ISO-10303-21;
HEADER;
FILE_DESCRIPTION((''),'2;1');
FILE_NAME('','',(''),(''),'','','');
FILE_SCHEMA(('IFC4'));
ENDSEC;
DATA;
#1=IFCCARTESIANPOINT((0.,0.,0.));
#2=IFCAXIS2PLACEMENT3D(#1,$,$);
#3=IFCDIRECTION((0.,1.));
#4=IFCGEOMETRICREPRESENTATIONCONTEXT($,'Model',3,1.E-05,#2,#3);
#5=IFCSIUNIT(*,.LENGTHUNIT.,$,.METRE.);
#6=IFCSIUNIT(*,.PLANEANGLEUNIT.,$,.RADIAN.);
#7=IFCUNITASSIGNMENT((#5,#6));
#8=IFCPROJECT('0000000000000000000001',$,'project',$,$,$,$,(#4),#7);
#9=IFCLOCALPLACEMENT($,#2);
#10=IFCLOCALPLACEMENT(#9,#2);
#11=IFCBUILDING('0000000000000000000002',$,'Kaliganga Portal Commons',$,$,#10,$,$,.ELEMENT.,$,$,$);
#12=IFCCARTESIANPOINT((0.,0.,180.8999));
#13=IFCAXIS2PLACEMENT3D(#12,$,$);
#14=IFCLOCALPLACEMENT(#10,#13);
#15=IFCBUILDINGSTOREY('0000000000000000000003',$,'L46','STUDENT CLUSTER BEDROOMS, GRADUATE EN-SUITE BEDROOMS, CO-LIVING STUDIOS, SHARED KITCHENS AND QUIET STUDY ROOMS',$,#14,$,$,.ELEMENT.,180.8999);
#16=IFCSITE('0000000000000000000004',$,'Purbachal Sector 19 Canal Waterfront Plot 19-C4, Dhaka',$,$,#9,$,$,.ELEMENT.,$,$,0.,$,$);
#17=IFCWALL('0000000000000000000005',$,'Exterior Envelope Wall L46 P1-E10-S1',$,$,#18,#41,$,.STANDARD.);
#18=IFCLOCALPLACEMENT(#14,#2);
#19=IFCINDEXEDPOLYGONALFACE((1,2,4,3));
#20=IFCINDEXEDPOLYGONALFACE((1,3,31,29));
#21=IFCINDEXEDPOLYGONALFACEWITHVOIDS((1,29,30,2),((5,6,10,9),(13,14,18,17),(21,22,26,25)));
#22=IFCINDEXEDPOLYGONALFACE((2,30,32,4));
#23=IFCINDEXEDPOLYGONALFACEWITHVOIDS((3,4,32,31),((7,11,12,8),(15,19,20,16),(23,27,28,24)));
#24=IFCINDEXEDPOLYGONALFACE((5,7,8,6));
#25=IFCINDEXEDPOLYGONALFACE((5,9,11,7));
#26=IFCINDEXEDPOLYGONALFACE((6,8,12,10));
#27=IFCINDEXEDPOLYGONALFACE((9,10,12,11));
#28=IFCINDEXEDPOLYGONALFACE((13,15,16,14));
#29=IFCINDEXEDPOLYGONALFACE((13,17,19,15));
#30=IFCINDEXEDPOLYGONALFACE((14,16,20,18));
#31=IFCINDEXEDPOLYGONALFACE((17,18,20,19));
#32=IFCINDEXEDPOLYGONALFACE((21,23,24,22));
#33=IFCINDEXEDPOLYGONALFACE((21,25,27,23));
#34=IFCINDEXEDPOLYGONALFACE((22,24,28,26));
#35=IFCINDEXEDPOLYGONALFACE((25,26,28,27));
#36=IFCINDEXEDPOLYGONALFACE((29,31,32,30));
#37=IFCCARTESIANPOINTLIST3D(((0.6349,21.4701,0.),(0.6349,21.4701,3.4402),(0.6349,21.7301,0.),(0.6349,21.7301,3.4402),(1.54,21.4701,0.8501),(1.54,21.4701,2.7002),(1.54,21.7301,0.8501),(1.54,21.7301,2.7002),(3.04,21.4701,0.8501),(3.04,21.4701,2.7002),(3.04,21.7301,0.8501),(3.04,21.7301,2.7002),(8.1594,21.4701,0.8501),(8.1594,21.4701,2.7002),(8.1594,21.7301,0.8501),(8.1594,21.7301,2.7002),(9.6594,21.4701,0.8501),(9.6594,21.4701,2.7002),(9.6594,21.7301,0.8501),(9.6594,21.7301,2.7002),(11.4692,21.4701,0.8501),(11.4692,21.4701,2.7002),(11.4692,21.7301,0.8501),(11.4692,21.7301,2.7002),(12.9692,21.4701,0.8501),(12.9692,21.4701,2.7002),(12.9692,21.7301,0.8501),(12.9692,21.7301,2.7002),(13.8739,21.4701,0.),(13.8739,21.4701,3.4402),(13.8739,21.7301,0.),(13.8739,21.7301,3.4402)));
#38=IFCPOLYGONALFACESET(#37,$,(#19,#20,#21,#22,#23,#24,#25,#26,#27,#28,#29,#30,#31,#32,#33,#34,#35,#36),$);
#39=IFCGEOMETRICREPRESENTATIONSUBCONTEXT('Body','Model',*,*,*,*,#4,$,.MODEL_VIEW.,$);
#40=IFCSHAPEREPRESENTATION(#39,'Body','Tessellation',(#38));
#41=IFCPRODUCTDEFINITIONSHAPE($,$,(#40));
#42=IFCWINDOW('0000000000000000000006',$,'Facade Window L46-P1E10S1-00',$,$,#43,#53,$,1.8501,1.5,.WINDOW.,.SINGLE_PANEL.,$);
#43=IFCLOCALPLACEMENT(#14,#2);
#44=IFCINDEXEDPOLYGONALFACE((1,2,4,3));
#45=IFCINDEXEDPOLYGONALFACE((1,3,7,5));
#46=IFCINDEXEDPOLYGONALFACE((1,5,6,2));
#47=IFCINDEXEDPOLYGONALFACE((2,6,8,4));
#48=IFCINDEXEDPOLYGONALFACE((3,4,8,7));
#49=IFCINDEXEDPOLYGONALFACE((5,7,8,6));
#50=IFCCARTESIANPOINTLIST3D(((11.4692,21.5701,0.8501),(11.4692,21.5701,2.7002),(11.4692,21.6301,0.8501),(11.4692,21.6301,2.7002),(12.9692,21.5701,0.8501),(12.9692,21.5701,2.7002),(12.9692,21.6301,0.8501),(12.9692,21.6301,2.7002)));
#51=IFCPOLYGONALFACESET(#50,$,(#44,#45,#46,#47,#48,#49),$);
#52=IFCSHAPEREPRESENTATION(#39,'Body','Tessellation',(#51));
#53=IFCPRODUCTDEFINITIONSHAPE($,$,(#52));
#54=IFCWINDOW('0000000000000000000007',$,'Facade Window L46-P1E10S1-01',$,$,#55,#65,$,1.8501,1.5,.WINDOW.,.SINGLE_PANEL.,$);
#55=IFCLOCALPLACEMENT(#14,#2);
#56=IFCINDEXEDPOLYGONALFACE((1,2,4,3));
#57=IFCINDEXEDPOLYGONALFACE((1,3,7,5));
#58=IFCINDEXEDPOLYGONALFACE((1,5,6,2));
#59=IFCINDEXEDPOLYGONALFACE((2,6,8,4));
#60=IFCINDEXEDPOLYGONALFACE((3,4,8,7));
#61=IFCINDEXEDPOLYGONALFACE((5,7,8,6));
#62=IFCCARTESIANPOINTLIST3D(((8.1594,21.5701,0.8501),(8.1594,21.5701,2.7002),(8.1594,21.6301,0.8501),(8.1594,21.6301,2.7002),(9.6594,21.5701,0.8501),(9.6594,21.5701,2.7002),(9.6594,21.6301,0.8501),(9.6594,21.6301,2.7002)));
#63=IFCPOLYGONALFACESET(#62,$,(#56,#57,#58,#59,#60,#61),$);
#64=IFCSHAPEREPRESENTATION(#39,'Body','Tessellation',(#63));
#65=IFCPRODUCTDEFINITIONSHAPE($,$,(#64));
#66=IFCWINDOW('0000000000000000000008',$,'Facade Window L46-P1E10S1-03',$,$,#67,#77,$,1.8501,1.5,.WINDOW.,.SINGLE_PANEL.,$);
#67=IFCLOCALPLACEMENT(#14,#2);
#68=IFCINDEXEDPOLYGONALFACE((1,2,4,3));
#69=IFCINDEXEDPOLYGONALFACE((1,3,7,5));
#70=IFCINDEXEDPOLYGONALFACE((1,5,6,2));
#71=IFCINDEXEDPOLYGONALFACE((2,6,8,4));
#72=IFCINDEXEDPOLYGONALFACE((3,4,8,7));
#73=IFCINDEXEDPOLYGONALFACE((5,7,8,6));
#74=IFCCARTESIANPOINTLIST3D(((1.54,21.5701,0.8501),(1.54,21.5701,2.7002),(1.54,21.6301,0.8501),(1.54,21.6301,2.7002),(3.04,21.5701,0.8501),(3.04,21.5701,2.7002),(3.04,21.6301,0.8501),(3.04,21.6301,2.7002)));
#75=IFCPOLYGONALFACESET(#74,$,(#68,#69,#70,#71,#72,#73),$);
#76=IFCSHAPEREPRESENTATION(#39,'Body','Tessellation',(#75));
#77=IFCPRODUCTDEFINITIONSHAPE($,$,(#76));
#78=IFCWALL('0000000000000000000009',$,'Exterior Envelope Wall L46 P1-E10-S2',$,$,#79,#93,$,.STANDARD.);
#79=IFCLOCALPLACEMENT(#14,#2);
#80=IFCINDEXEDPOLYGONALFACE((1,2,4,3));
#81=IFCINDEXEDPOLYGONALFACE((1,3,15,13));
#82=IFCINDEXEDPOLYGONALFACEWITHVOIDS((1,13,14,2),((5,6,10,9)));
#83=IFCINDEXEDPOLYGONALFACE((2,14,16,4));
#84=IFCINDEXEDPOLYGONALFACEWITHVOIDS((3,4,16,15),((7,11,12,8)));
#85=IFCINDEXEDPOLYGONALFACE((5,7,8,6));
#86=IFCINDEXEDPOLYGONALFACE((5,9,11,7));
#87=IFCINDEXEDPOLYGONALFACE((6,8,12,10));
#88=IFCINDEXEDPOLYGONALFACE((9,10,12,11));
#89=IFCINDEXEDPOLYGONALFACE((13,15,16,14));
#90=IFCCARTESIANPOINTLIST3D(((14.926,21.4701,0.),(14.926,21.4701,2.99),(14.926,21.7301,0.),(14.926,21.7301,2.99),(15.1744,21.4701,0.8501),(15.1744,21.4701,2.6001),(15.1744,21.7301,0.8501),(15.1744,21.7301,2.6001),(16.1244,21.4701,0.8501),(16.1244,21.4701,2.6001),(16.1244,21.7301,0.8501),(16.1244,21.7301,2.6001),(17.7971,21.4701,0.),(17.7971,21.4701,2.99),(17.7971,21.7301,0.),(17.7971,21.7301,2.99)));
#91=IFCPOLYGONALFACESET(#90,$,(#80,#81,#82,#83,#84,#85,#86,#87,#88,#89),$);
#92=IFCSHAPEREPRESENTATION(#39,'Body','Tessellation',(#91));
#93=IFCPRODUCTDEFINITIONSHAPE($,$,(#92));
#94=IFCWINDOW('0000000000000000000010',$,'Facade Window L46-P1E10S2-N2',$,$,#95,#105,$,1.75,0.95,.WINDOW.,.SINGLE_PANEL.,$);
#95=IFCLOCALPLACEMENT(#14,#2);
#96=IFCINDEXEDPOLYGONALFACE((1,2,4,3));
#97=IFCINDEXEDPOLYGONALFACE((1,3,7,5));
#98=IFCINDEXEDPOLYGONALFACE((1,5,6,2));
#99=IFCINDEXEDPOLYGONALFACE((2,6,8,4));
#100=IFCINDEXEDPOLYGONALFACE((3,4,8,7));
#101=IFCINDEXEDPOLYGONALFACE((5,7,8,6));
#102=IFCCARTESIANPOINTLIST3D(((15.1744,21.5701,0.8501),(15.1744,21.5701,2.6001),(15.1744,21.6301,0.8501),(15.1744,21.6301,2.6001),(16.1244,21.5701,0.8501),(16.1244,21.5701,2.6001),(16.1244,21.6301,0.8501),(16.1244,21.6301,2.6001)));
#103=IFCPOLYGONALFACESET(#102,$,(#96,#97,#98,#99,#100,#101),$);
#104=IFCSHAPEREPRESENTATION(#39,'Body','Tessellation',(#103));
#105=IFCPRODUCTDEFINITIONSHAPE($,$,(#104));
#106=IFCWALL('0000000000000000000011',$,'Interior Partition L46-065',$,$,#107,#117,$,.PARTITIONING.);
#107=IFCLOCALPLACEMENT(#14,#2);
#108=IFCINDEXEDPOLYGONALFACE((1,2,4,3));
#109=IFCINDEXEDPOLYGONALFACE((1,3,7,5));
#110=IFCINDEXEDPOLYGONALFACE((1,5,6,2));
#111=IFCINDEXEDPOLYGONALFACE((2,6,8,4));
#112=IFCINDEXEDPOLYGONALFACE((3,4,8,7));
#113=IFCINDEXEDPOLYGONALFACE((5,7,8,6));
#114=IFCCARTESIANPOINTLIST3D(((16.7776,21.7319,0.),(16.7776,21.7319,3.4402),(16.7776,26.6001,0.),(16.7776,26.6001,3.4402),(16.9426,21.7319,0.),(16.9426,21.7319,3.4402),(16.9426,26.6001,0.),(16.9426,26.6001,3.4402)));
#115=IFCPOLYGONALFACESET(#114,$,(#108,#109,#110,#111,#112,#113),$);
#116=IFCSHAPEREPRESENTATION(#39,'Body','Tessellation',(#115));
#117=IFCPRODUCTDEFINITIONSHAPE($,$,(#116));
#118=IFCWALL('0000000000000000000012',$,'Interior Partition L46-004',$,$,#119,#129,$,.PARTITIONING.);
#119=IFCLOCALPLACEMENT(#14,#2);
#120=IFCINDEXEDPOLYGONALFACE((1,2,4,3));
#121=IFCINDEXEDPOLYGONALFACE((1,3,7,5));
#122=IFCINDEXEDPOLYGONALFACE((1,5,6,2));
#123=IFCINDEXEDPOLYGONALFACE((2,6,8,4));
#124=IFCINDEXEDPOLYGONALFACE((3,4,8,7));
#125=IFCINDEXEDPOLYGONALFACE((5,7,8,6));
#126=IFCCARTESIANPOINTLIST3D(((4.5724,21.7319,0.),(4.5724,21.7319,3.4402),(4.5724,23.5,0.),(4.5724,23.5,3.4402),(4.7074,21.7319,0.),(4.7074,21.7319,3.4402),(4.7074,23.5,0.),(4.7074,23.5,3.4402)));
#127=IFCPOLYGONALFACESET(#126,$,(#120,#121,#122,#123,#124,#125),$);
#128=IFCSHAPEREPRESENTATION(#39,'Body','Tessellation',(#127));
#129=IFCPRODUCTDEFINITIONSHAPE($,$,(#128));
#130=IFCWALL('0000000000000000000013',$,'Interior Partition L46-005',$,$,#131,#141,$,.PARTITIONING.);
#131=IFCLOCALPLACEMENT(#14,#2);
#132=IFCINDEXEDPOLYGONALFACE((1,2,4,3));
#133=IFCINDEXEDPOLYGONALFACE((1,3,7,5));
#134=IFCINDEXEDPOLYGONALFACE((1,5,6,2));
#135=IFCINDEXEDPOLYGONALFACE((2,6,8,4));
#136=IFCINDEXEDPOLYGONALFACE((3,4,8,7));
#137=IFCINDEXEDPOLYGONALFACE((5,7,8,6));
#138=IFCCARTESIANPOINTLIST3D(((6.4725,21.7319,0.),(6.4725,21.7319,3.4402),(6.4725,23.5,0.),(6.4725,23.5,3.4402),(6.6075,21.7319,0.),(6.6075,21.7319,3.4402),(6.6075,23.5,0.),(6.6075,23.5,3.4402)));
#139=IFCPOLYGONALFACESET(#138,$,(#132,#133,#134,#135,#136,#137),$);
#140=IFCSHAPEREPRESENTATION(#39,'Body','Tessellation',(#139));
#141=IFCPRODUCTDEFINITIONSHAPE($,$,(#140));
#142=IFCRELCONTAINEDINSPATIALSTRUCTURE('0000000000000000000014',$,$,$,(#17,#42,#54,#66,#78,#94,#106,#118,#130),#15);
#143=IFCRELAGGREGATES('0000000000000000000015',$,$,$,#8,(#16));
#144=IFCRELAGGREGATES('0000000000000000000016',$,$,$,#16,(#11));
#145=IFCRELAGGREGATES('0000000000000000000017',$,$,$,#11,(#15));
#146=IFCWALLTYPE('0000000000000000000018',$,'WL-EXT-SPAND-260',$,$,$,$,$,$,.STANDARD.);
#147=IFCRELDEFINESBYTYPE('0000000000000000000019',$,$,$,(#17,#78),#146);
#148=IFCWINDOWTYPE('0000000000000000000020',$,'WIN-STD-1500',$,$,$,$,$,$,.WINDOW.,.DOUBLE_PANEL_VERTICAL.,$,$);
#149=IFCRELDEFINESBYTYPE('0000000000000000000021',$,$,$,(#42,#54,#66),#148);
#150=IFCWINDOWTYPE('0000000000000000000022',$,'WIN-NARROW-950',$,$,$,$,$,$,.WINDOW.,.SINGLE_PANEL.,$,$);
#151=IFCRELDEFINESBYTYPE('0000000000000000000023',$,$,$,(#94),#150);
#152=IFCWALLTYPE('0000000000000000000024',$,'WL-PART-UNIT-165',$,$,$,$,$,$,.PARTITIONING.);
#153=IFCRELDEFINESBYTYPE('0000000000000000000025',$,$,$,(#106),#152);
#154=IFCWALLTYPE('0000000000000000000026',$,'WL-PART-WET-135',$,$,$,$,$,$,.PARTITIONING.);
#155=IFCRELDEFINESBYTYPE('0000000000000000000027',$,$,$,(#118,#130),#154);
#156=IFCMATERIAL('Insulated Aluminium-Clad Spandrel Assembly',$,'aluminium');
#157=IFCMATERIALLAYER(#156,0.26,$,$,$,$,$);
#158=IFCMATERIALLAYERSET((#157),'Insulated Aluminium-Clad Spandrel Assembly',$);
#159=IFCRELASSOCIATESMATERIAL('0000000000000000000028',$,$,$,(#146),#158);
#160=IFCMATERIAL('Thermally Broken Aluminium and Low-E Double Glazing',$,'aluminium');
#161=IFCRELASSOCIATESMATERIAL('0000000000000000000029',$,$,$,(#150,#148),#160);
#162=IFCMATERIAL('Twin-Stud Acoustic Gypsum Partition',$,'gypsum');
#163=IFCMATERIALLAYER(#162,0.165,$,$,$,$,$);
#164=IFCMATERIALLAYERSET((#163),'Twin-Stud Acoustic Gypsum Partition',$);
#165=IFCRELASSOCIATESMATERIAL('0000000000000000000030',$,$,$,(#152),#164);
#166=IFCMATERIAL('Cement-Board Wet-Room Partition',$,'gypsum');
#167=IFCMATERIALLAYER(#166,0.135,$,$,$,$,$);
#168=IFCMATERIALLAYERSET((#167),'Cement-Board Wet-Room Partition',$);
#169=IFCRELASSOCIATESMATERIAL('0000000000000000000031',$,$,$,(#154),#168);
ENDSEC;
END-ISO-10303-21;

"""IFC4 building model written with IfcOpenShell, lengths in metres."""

from ifc_helpers import new_model, si_unit, direction, frame, frame_2d, origin, place, context, subcontext, project, spatial, rectangle, extrude, material, layer, layer_set, type_object, element, fill, save


model = new_model("IFC4")

# Units and contexts
model_context = context("Model", 3, precision=1e-05, world=origin(), true_north=direction((0.0, 1.0)))
body_context = subcontext(model_context, "Body", "Model", "MODEL_VIEW")
ifc_project = project(units=[si_unit("LENGTHUNIT", "METRE"), si_unit("PLANEANGLEUNIT", "RADIAN")], contexts=[model_context])

# Site, building, storey
site_placement = place(None, origin())
site = spatial("IfcSite", under=ifc_project, at=site_placement, Name="Purbachal Sector 19 Canal Waterfront Plot 19-C4, Dhaka", CompositionType="ELEMENT", RefElevation=0.0)
building_placement = place(site_placement, origin())
building = spatial("IfcBuilding", under=site, at=building_placement, Name="Kaliganga Portal Commons", CompositionType="ELEMENT")
storey_placement = place(building_placement, frame((0.0, 0.0, 180.8999)))
storey = spatial("IfcBuildingStorey", under=building, at=storey_placement, Name="L46", Description="STUDENT CLUSTER BEDROOMS, GRADUATE EN-SUITE BEDROOMS, CO-LIVING STUDIOS, SHARED KITCHENS AND QUIET STUDY ROOMS", CompositionType="ELEMENT", Elevation=180.8999)

# Wall, openings, windows
ifc_material_1 = material(Name="Insulated Aluminium-Clad Spandrel Assembly", Category="aluminium")
ifc_layer_1 = layer(ifc_material_1, 0.26)
ifc_layer_set_1 = layer_set([ifc_layer_1], Name="Insulated Aluminium-Clad Spandrel Assembly")
wall_type_1 = type_object("IfcWallType", Name="WL-EXT-SPAND-260", PredefinedType="STANDARD", material=ifc_layer_set_1)
ifc_material_2 = material(Name="Thermally Broken Aluminium and Low-E Double Glazing", Category="aluminium")
window_type_1 = type_object("IfcWindowType", Name="WIN-NARROW-950", PartitioningType="SINGLE_PANEL", PredefinedType="WINDOW", material=ifc_material_2)
window_type_2 = type_object("IfcWindowType", Name="WIN-STD-1500", PartitioningType="DOUBLE_PANEL_VERTICAL", PredefinedType="WINDOW", material=ifc_material_2)
wall_1_placement = place(storey_placement, frame((13.874, 21.6001, 0.0), z_axis=(0.0, 0.0, 1.0), x_axis=(-1.0, 0.0, 0.0)))
wall_1 = element("IfcWall", 1, at=wall_1_placement, inside=storey, type_object=wall_type_1, Name="Exterior Envelope Wall L46 P1-E10-S1", PredefinedType="STANDARD", context=body_context, shape_type="SweptSolid", body=[
    extrude(rectangle(XDim=13.239, YDim=0.26, at=frame_2d((6.6196, 0.0))), origin(), (0.0, 0.0, 1.0), 3.4402),
])
opening_1_placement = place(wall_1_placement, frame((0.9048, 0.0, 0.8501)))
opening_1 = element("IfcOpeningElement", 2, at=opening_1_placement, cuts=wall_1, PredefinedType="OPENING", context=body_context, shape_type="SweptSolid", body=[
    extrude(rectangle(XDim=1.5, YDim=1.8501, at=frame_2d((0.75, 0.925))), frame((0.0, 0.1401, 0.0), z_axis=(0.0, -1.0, 0.0), x_axis=(1.0, 0.0, 0.0)), (0.0, 0.0, 1.0), 0.28),
])
opening_2_placement = place(wall_1_placement, frame((4.2146, 0.0, 0.8501)))
opening_2 = element("IfcOpeningElement", 3, at=opening_2_placement, cuts=wall_1, PredefinedType="OPENING", context=body_context, shape_type="SweptSolid", body=[
    extrude(rectangle(XDim=1.5, YDim=1.8501, at=frame_2d((0.75, 0.925))), frame((0.0, 0.1401, 0.0), z_axis=(0.0, -1.0, 0.0), x_axis=(1.0, 0.0, 0.0)), (0.0, 0.0, 1.0), 0.28),
])
opening_3_placement = place(wall_1_placement, frame((10.834, 0.0, 0.8501)))
opening_3 = element("IfcOpeningElement", 4, at=opening_3_placement, cuts=wall_1, PredefinedType="OPENING", context=body_context, shape_type="SweptSolid", body=[
    extrude(rectangle(XDim=1.5, YDim=1.8501, at=frame_2d((0.75, 0.925))), frame((0.0, 0.1401, 0.0), z_axis=(0.0, -1.0, 0.0), x_axis=(1.0, 0.0, 0.0)), (0.0, 0.0, 1.0), 0.28),
])
window_1_placement = place(opening_1_placement, origin())
window_1 = element("IfcWindow", 5, at=window_1_placement, inside=storey, type_object=window_type_2, Name="Facade Window L46-P1E10S1-00", OverallHeight=1.8501, OverallWidth=1.5, PartitioningType="SINGLE_PANEL", PredefinedType="WINDOW", context=body_context, shape_type="SweptSolid", body=[
    extrude(rectangle(XDim=1.5, YDim=1.8501, at=frame_2d((0.75, 0.925))), frame((0.0, 0.03, 0.0), z_axis=(0.0, -1.0, 0.0), x_axis=(1.0, 0.0, 0.0)), (0.0, 0.0, 1.0), 0.0601),
])
fill(opening_1, window_1)
window_2_placement = place(opening_2_placement, origin())
window_2 = element("IfcWindow", 6, at=window_2_placement, inside=storey, type_object=window_type_2, Name="Facade Window L46-P1E10S1-01", OverallHeight=1.8501, OverallWidth=1.5, PartitioningType="SINGLE_PANEL", PredefinedType="WINDOW", context=body_context, shape_type="SweptSolid", body=[
    extrude(rectangle(XDim=1.5, YDim=1.8501, at=frame_2d((0.75, 0.925))), frame((0.0, 0.03, 0.0), z_axis=(0.0, -1.0, 0.0), x_axis=(1.0, 0.0, 0.0)), (0.0, 0.0, 1.0), 0.0601),
])
fill(opening_2, window_2)
window_3_placement = place(opening_3_placement, origin())
window_3 = element("IfcWindow", 7, at=window_3_placement, inside=storey, type_object=window_type_2, Name="Facade Window L46-P1E10S1-03", OverallHeight=1.8501, OverallWidth=1.5, PartitioningType="SINGLE_PANEL", PredefinedType="WINDOW", context=body_context, shape_type="SweptSolid", body=[
    extrude(rectangle(XDim=1.5, YDim=1.8501, at=frame_2d((0.75, 0.925))), frame((0.0, 0.03, 0.0), z_axis=(0.0, -1.0, 0.0), x_axis=(1.0, 0.0, 0.0)), (0.0, 0.0, 1.0), 0.0601),
])
fill(opening_3, window_3)

# Wall, opening, window
wall_2_placement = place(storey_placement, frame((17.7971, 21.6001, 0.0), z_axis=(0.0, 0.0, 1.0), x_axis=(-1.0, 0.0, 0.0)))
wall_2 = element("IfcWall", 8, at=wall_2_placement, inside=storey, type_object=wall_type_1, Name="Exterior Envelope Wall L46 P1-E10-S2", PredefinedType="STANDARD", context=body_context, shape_type="SweptSolid", body=[
    extrude(rectangle(XDim=2.8711, YDim=0.26, at=frame_2d((1.4355, 0.0))), origin(), (0.0, 0.0, 1.0), 2.99),
])
opening_4_placement = place(wall_2_placement, frame((1.6726, 0.0, 0.8501)))
opening_4 = element("IfcOpeningElement", 9, at=opening_4_placement, cuts=wall_2, PredefinedType="OPENING", context=body_context, shape_type="SweptSolid", body=[
    extrude(rectangle(XDim=0.95, YDim=1.75, at=frame_2d((0.4751, 0.875))), frame((0.0, 0.1401, 0.0), z_axis=(0.0, -1.0, 0.0), x_axis=(1.0, 0.0, 0.0)), (0.0, 0.0, 1.0), 0.28),
])
window_4_placement = place(opening_4_placement, origin())
window_4 = element("IfcWindow", 10, at=window_4_placement, inside=storey, type_object=window_type_1, Name="Facade Window L46-P1E10S2-N2", OverallHeight=1.75, OverallWidth=0.95, PartitioningType="SINGLE_PANEL", PredefinedType="WINDOW", context=body_context, shape_type="SweptSolid", body=[
    extrude(rectangle(XDim=0.95, YDim=1.75, at=frame_2d((0.4751, 0.875))), frame((0.0, 0.03, 0.0), z_axis=(0.0, -1.0, 0.0), x_axis=(1.0, 0.0, 0.0)), (0.0, 0.0, 1.0), 0.0601),
])
fill(opening_4, window_4)

# Walls
ifc_material_3 = material(Name="Twin-Stud Acoustic Gypsum Partition", Category="gypsum")
ifc_layer_2 = layer(ifc_material_3, 0.165)
ifc_layer_set_2 = layer_set([ifc_layer_2], Name="Twin-Stud Acoustic Gypsum Partition")
wall_type_2 = type_object("IfcWallType", Name="WL-PART-UNIT-165", PredefinedType="PARTITIONING", material=ifc_layer_set_2)
wall_3_placement = place(storey_placement, frame((16.8601, 21.7319, 0.0), z_axis=(0.0, 0.0, 1.0), x_axis=(0.0, 1.0, 0.0)))
element("IfcWall", 11, at=wall_3_placement, inside=storey, type_object=wall_type_2, Name="Interior Partition L46-065", PredefinedType="PARTITIONING", context=body_context, shape_type="SweptSolid", body=[
    extrude(rectangle(XDim=4.8682, YDim=0.165, at=frame_2d((2.4341, 0.0))), origin(), (0.0, 0.0, 1.0), 3.4402),
])
ifc_material_4 = material(Name="Cement-Board Wet-Room Partition", Category="gypsum")
ifc_layer_3 = layer(ifc_material_4, 0.135)
ifc_layer_set_3 = layer_set([ifc_layer_3], Name="Cement-Board Wet-Room Partition")
wall_type_3 = type_object("IfcWallType", Name="WL-PART-WET-135", PredefinedType="PARTITIONING", material=ifc_layer_set_3)
for number, where, z_axis, x_axis, name in (
    (12, (4.6399, 21.7319, 0.0), (0.0, 0.0, 1.0), (0.0, 1.0, 0.0), "Interior Partition L46-004"),
    (13, (6.54, 21.7319, 0.0), (0.0, 0.0, 1.0), (0.0, 1.0, 0.0), "Interior Partition L46-005"),
):
    element("IfcWall", number, at=place(storey_placement, frame(where, z_axis=z_axis, x_axis=x_axis)), inside=storey, type_object=wall_type_3, Name=name, PredefinedType="PARTITIONING", context=body_context, shape_type="SweptSolid", body=[
        extrude(rectangle(XDim=1.7681, YDim=0.135, at=frame_2d((0.884, 0.0))), origin(), (0.0, 0.0, 1.0), 3.4402),
    ])

save(model, "model.ifc")
